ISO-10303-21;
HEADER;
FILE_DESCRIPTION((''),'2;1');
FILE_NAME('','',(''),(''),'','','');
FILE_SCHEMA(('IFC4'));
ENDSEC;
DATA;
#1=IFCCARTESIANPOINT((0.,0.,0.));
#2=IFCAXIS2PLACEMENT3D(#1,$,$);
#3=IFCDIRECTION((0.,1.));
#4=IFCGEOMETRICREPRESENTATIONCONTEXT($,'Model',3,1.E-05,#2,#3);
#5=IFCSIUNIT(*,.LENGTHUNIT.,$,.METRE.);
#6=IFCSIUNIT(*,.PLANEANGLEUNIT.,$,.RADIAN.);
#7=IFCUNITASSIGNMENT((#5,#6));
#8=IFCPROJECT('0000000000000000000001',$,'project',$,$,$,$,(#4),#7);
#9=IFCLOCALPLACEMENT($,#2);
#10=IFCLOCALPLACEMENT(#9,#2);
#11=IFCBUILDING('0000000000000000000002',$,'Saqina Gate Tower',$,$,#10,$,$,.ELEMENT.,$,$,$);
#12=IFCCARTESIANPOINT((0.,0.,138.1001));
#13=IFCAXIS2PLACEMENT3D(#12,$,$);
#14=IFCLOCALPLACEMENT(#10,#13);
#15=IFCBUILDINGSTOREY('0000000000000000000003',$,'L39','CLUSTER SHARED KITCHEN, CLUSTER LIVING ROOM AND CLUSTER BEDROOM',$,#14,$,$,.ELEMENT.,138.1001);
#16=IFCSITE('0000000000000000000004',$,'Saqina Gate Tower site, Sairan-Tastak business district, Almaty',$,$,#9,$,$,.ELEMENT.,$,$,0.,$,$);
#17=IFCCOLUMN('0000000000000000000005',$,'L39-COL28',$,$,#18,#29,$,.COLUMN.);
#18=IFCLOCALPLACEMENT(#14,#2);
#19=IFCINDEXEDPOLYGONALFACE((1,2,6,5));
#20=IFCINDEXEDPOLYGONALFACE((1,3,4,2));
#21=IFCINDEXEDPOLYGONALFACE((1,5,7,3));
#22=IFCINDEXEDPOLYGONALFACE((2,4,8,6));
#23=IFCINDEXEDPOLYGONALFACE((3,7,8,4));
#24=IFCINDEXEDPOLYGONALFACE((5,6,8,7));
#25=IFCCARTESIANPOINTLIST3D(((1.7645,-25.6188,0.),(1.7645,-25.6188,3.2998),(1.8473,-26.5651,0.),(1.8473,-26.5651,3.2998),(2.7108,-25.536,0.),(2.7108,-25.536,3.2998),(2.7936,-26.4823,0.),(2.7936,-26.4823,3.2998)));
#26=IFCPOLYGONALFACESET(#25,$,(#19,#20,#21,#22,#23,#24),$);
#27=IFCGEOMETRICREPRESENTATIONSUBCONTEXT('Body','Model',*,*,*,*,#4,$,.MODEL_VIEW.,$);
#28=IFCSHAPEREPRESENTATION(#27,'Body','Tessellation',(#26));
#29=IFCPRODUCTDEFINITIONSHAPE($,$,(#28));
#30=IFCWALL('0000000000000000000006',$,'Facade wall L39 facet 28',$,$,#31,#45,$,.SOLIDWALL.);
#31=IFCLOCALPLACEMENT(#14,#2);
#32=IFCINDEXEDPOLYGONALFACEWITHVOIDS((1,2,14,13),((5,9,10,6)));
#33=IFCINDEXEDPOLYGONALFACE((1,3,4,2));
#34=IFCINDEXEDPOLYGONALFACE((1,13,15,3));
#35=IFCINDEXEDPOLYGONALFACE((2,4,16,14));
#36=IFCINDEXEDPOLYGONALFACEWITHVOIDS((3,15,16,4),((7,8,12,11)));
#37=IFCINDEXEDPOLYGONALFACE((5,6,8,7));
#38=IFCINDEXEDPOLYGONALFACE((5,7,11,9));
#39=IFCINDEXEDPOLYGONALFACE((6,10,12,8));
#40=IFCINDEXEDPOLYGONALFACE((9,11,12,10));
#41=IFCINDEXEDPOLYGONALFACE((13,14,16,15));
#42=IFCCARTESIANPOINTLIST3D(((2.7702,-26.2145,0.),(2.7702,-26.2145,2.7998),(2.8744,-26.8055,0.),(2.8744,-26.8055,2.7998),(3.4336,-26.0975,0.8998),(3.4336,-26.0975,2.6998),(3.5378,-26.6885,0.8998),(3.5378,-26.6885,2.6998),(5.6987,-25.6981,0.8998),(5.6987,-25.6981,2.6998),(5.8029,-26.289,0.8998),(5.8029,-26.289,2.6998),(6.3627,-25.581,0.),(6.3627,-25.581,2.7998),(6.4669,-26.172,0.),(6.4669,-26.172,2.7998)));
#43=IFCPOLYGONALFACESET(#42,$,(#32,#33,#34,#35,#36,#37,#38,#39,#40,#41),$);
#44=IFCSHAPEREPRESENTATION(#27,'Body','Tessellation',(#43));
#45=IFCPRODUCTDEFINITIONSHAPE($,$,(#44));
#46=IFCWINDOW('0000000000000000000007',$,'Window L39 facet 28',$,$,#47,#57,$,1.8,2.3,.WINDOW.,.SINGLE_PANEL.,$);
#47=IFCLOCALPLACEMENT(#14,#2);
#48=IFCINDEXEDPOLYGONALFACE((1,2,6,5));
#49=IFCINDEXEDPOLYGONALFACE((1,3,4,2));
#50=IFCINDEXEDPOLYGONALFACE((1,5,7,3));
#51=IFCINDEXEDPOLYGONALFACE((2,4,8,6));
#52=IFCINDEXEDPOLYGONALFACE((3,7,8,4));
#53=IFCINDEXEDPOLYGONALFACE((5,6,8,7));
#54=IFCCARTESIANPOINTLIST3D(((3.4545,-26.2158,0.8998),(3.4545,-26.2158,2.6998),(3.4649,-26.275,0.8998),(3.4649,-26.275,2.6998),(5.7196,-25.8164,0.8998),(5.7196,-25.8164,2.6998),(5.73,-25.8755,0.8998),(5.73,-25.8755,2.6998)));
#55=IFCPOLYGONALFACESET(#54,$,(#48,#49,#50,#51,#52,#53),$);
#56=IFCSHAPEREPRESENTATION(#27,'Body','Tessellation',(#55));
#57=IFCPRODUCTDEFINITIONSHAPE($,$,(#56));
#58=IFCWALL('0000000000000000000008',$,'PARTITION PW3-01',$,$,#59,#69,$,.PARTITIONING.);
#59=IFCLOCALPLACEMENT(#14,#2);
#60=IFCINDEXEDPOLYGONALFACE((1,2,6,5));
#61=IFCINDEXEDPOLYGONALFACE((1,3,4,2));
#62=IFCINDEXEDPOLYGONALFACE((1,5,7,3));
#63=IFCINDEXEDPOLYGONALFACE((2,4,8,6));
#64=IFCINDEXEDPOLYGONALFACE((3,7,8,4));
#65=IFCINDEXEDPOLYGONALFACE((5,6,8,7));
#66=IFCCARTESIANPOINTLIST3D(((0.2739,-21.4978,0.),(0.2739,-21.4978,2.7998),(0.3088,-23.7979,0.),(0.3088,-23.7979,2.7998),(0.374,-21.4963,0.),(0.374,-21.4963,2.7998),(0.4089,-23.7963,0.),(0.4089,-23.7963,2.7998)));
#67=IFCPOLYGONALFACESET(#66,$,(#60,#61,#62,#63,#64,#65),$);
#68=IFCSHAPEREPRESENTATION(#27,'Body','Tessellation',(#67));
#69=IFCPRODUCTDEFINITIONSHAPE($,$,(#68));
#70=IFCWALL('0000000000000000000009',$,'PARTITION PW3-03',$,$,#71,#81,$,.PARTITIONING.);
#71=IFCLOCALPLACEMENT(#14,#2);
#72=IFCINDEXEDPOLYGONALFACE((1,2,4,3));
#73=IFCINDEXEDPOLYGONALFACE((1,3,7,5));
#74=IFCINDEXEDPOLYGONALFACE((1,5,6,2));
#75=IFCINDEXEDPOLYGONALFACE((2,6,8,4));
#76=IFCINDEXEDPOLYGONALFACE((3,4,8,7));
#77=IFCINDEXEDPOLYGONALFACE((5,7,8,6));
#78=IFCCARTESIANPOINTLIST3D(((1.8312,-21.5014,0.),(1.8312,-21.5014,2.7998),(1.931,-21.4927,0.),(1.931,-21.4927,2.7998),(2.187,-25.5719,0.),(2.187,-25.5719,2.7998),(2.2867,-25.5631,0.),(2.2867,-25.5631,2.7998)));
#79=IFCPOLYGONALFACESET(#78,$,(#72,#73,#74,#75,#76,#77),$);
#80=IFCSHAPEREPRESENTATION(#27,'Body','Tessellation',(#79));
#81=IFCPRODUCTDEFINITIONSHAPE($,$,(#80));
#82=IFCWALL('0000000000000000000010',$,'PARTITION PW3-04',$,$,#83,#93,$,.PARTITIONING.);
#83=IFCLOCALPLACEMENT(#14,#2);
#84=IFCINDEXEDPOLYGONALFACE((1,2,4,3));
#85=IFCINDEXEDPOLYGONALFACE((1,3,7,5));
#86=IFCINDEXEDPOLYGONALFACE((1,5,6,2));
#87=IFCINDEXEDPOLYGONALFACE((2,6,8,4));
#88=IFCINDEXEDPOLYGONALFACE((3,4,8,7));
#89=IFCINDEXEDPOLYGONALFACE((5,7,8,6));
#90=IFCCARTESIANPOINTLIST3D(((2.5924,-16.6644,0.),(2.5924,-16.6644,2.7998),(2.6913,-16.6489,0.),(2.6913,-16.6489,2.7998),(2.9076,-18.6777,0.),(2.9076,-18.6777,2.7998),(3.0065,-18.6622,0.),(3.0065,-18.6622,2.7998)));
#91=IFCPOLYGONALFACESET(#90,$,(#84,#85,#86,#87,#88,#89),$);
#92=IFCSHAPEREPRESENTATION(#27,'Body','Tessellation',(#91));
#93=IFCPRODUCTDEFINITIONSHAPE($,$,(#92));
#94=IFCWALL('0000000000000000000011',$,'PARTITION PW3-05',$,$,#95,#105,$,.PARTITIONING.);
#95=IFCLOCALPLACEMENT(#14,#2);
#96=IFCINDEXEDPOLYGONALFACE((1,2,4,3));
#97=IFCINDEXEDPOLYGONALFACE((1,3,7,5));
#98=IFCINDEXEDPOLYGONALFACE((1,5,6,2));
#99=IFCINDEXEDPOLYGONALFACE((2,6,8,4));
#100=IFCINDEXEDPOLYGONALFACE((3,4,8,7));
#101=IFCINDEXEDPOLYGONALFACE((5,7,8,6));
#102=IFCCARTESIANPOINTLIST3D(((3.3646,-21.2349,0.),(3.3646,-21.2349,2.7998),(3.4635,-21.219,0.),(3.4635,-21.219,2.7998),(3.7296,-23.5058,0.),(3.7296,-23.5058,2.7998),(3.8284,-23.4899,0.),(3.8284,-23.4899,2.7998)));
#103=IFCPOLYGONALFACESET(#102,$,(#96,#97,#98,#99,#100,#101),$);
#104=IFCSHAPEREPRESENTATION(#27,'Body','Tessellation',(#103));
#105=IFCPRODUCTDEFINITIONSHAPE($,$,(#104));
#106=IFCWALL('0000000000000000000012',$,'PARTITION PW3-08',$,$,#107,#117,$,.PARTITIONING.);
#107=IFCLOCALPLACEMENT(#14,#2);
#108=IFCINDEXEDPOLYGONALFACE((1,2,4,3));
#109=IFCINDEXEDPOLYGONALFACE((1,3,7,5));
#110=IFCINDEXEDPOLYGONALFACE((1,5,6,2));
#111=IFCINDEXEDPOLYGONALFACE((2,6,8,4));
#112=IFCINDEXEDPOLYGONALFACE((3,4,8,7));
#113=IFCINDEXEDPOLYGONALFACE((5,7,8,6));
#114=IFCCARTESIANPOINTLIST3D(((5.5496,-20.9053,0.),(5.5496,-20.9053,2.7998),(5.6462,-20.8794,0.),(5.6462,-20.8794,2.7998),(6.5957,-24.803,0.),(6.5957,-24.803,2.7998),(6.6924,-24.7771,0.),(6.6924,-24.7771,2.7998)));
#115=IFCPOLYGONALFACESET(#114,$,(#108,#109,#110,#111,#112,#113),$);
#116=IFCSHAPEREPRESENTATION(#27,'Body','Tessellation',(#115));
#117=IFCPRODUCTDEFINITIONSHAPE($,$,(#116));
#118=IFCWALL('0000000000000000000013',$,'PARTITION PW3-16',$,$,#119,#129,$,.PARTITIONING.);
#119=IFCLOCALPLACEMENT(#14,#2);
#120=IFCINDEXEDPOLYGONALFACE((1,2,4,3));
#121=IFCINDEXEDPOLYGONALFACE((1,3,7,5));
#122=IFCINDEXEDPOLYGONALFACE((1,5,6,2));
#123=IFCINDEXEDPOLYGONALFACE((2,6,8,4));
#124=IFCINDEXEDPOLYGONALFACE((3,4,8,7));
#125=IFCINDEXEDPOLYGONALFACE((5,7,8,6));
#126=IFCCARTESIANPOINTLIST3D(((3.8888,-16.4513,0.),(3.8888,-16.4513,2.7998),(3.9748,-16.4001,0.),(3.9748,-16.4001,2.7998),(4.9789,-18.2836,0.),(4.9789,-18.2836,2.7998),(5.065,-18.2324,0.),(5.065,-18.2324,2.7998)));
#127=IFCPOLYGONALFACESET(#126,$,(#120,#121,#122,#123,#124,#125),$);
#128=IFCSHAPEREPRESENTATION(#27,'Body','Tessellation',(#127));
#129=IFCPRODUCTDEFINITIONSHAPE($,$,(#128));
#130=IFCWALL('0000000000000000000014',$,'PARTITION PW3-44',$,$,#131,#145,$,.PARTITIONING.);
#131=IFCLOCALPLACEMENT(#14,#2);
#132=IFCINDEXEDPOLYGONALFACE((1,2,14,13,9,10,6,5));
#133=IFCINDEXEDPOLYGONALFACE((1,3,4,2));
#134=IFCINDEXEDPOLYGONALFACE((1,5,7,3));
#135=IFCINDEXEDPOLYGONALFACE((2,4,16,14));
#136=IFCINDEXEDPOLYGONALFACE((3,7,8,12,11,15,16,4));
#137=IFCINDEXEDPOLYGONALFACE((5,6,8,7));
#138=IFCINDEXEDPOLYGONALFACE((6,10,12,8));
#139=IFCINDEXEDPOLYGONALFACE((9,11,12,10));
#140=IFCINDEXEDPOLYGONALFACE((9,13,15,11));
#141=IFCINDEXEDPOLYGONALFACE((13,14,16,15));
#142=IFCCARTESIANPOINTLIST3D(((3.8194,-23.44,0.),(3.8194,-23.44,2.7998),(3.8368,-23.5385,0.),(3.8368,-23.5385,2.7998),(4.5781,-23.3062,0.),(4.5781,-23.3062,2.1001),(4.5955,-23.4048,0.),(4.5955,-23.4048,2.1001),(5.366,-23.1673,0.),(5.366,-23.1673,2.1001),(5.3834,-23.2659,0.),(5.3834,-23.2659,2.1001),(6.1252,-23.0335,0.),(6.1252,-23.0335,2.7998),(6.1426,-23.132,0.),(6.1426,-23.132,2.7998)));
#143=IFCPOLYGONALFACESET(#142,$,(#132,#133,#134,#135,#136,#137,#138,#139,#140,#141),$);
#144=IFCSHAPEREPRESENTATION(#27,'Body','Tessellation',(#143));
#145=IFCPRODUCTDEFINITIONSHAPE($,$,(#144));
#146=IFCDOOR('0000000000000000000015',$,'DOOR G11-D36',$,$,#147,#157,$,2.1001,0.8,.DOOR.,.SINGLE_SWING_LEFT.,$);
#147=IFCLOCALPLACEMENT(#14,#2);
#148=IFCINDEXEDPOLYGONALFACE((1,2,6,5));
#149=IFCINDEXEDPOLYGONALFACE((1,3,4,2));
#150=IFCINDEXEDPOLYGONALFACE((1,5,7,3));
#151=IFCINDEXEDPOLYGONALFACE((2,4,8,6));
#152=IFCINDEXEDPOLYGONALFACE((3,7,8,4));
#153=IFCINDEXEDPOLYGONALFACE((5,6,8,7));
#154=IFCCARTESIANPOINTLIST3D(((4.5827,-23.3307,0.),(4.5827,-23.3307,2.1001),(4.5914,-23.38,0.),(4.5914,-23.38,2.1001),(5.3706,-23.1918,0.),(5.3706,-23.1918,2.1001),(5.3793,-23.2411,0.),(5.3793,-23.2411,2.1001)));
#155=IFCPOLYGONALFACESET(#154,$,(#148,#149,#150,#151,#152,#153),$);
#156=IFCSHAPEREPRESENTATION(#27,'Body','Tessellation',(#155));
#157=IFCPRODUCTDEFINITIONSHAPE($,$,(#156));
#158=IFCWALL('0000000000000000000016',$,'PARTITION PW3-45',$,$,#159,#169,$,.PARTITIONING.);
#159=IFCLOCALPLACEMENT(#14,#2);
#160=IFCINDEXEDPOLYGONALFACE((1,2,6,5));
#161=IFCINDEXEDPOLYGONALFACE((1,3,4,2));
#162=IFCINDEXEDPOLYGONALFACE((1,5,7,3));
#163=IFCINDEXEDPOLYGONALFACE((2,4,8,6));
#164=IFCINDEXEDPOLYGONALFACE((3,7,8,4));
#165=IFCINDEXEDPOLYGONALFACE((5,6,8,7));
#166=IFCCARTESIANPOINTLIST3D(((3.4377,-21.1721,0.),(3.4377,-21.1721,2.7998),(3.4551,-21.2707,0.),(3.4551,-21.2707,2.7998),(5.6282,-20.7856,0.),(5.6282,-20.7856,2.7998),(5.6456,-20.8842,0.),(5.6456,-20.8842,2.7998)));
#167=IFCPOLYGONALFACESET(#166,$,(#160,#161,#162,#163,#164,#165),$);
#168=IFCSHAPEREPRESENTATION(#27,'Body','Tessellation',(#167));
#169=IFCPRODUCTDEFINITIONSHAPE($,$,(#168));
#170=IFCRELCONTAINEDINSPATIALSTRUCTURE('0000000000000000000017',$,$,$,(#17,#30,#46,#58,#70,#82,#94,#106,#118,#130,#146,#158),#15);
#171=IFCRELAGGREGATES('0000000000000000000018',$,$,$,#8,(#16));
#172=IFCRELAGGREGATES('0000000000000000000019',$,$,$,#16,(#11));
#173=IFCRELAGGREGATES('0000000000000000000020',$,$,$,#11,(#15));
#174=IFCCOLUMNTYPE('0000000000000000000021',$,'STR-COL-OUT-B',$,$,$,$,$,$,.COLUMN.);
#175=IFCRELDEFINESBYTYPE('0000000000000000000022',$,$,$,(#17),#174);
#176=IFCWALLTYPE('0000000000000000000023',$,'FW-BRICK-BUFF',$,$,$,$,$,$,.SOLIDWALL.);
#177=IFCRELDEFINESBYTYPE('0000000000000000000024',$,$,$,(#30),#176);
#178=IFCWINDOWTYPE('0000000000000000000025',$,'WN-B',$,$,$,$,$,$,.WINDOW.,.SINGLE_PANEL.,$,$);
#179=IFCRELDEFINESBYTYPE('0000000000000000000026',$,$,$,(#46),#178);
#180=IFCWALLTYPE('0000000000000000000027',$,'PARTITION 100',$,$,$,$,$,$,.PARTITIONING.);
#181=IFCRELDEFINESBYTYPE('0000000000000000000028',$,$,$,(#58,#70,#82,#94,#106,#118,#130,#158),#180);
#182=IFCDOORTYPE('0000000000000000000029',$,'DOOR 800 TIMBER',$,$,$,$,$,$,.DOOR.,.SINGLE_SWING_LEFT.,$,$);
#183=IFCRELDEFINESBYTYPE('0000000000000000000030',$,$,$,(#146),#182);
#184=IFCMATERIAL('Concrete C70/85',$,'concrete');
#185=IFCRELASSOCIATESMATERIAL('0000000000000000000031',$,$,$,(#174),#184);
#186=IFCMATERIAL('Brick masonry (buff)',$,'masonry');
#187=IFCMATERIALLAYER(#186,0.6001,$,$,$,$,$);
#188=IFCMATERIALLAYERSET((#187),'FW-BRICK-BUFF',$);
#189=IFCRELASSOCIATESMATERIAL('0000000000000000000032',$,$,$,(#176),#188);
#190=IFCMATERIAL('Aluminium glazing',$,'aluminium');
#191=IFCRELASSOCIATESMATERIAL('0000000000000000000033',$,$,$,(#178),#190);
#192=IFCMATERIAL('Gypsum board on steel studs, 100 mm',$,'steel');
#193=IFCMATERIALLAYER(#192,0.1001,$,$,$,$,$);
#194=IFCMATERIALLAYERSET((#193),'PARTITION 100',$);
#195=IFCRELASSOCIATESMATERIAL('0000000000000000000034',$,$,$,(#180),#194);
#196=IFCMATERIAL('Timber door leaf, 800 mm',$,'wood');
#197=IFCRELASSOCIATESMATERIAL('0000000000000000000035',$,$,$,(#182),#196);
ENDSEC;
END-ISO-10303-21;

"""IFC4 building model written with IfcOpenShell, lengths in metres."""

from ifc_helpers import new_model, si_unit, direction, frame, frame_2d, origin, origin_2d, place, context, subcontext, project, spatial, rectangle, extrude, material, layer, layer_set, material_profile, profile_set, type_object, element, fill, save


model = new_model("IFC4")

# Units and contexts
model_context = context("Model", 3, precision=1e-05, world=origin(), true_north=direction((0.0, 1.0)))
body_context = subcontext(model_context, "Body", "Model", "MODEL_VIEW")
ifc_project = project(units=[si_unit("LENGTHUNIT", "METRE"), si_unit("PLANEANGLEUNIT", "RADIAN")], contexts=[model_context])

# Site, building, storey
site_placement = place(None, origin())
site = spatial("IfcSite", under=ifc_project, at=site_placement, Name="Saqina Gate Tower site, Sairan-Tastak business district, Almaty", CompositionType="ELEMENT", RefElevation=0.0)
building_placement = place(site_placement, origin())
building = spatial("IfcBuilding", under=site, at=building_placement, Name="Saqina Gate Tower", CompositionType="ELEMENT")
storey_placement = place(building_placement, frame((0.0, 0.0, 138.1001)))
storey = spatial("IfcBuildingStorey", under=building, at=storey_placement, Name="L39", Description="CLUSTER SHARED KITCHEN, CLUSTER LIVING ROOM AND CLUSTER BEDROOM", CompositionType="ELEMENT", Elevation=138.1001)

# Column
ifc_material_1 = material(Name="Concrete C70/85", Category="concrete")
ifc_material_profile = material_profile(ifc_material_1, rectangle(XDim=0.95, YDim=0.95, at=origin_2d()), Name="RC 950x950")
ifc_profile_set = profile_set([ifc_material_profile], Name="Concrete C70/85")
column_type = type_object("IfcColumnType", Name="STR-COL-OUT-B", PredefinedType="COLUMN", material=ifc_profile_set)
column_placement = place(storey_placement, frame((2.2791, -26.0505, 0.0), z_axis=(0.0, 0.0, 1.0), x_axis=(0.087156, -0.996195, 0.0)))
element("IfcColumn", 1, at=column_placement, inside=storey, type_object=column_type, Name="L39-COL28", PredefinedType="COLUMN", context=body_context, shape_type="SweptSolid", body=[
    extrude(rectangle(XDim=0.95, YDim=0.95, at=origin_2d()), origin(), (0.0, 0.0, 1.0), 3.2998),
])

# Wall, opening, window
ifc_material_2 = material(Name="Brick masonry (buff)", Category="masonry")
ifc_layer_1 = layer(ifc_material_2, 0.6001)
ifc_layer_set_1 = layer_set([ifc_layer_1], Name="FW-BRICK-BUFF")
wall_type_1 = type_object("IfcWallType", Name="FW-BRICK-BUFF", PredefinedType="SOLIDWALL", material=ifc_layer_set_1)
wall_1_placement = place(storey_placement, frame((2.8223, -26.51, 0.0), z_axis=(0.0, 0.0, 1.0), x_axis=(0.984804, 0.173671, 0.0)))
wall_1 = element("IfcWall", 2, at=wall_1_placement, inside=storey, type_object=wall_type_1, Name="Facade wall L39 facet 28", PredefinedType="SOLIDWALL", context=body_context, shape_type="SweptSolid", body=[
    extrude(rectangle(XDim=3.6479, YDim=0.6001, at=frame_2d((1.824, 0.0))), origin(), (0.0, 0.0, 1.0), 2.7998),
])
opening_1_placement = place(wall_1_placement, frame((0.6738, 0.0, 0.8999)))
opening_1 = element("IfcOpeningElement", 3, at=opening_1_placement, cuts=wall_1, PredefinedType="OPENING", context=body_context, shape_type="SweptSolid", body=[
    extrude(rectangle(XDim=2.3, YDim=1.8, at=frame_2d((1.1499, 0.8999))), frame((0.0, 0.312, 0.0), z_axis=(0.0, -1.0, 0.0), x_axis=(1.0, 0.0, 0.0)), (0.0, 0.0, 1.0), 0.624),
])
ifc_material_3 = material(Name="Aluminium glazing", Category="aluminium")
window_type = type_object("IfcWindowType", Name="WN-B", PartitioningType="SINGLE_PANEL", PredefinedType="WINDOW", material=ifc_material_3)
window_placement = place(opening_1_placement, origin())
window = element("IfcWindow", 4, at=window_placement, inside=storey, type_object=window_type, Name="Window L39 facet 28", OverallHeight=1.8, OverallWidth=2.3, PartitioningType="SINGLE_PANEL", PredefinedType="WINDOW", context=body_context, shape_type="SweptSolid", body=[
    extrude(rectangle(XDim=2.3, YDim=1.8, at=frame_2d((1.1499, 0.8999))), frame((0.0, 0.1799, 0.0), z_axis=(0.0, -1.0, 0.0), x_axis=(1.0, 0.0, 0.0)), (0.0, 0.0, 1.0), 0.0601),
])
fill(opening_1, window)

# Walls
ifc_material_4 = material(Name="Gypsum board on steel studs, 100 mm", Category="steel")
ifc_layer_2 = layer(ifc_material_4, 0.1001)
ifc_layer_set_2 = layer_set([ifc_layer_2], Name="PARTITION 100")
wall_type_2 = type_object("IfcWallType", Name="PARTITION 100", PredefinedType="PARTITIONING", material=ifc_layer_set_2)
wall_2_placement = place(storey_placement, frame((0.324, -21.4971, 0.0), z_axis=(0.0, 0.0, 1.0), x_axis=(0.015177, -0.999885, 0.0)))
element("IfcWall", 5, at=wall_2_placement, inside=storey, type_object=wall_type_2, Name="PARTITION PW3-01", PredefinedType="PARTITIONING", context=body_context, shape_type="SweptSolid", body=[
    extrude(rectangle(XDim=2.3003, YDim=0.1001, at=frame_2d((1.1501, 0.0))), origin(), (0.0, 0.0, 1.0), 2.7998),
])
wall_3_placement = place(storey_placement, frame((1.8811, -21.4971, 0.0), z_axis=(0.0, 0.0, 1.0), x_axis=(0.08706, -0.996203, 0.0)))
element("IfcWall", 6, at=wall_3_placement, inside=storey, type_object=wall_type_2, Name="PARTITION PW3-03", PredefinedType="PARTITIONING", context=body_context, shape_type="SweptSolid", body=[
    extrude(rectangle(XDim=4.0859, YDim=0.1001, at=frame_2d((2.043, 0.0))), origin(), (0.0, 0.0, 1.0), 2.7998),
])
wall_4_placement = place(storey_placement, frame((2.6418, -16.6565, 0.0), z_axis=(0.0, 0.0, 1.0), x_axis=(0.154658, -0.987968, 0.0)))
element("IfcWall", 7, at=wall_4_placement, inside=storey, type_object=wall_type_2, Name="PARTITION PW3-04", PredefinedType="PARTITIONING", context=body_context, shape_type="SweptSolid", body=[
    extrude(rectangle(XDim=2.0378, YDim=0.1001, at=frame_2d((1.019, 0.0))), origin(), (0.0, 0.0, 1.0), 2.7998),
])
wall_5_placement = place(storey_placement, frame((3.4141, -21.2271, 0.0), z_axis=(0.0, 0.0, 1.0), x_axis=(0.158682, -0.98733, 0.0)))
element("IfcWall", 8, at=wall_5_placement, inside=storey, type_object=wall_type_2, Name="PARTITION PW3-05", PredefinedType="PARTITIONING", context=body_context, shape_type="SweptSolid", body=[
    extrude(rectangle(XDim=2.3, YDim=0.1001, at=frame_2d((1.1499, 0.0))), origin(), (0.0, 0.0, 1.0), 2.7998),
])
wall_6_placement = place(storey_placement, frame((5.5979, -20.8923, 0.0), z_axis=(0.0, 0.0, 1.0), x_axis=(0.259225, -0.965817, 0.0)))
element("IfcWall", 9, at=wall_6_placement, inside=storey, type_object=wall_type_2, Name="PARTITION PW3-08", PredefinedType="PARTITIONING", context=body_context, shape_type="SweptSolid", body=[
    extrude(rectangle(XDim=4.0356, YDim=0.1001, at=frame_2d((2.0178, 0.0))), origin(), (0.0, 0.0, 1.0), 2.7998),
])
wall_7_placement = place(storey_placement, frame((3.9319, -16.4258, 0.0), z_axis=(0.0, 0.0, 1.0), x_axis=(0.511293, -0.859407, 0.0)))
element("IfcWall", 10, at=wall_7_placement, inside=storey, type_object=wall_type_2, Name="PARTITION PW3-16", PredefinedType="PARTITIONING", context=body_context, shape_type="SweptSolid", body=[
    extrude(rectangle(XDim=2.1321, YDim=0.1001, at=frame_2d((1.0659, 0.0))), origin(), (0.0, 0.0, 1.0), 2.7998),
])

# Wall, opening, door
wall_8_placement = place(storey_placement, frame((3.8281, -23.4893, 0.0), z_axis=(0.0, 0.0, 1.0), x_axis=(0.984812, 0.173625, 0.0)))
wall_8 = element("IfcWall", 11, at=wall_8_placement, inside=storey, type_object=wall_type_2, Name="PARTITION PW3-44", PredefinedType="PARTITIONING", context=body_context, shape_type="SweptSolid", body=[
    extrude(rectangle(XDim=2.3413, YDim=0.1001, at=frame_2d((1.1707, 0.0))), origin(), (0.0, 0.0, 1.0), 2.7998),
])
opening_2_placement = place(wall_8_placement, frame((0.7705, 0.0, 0.0)))
opening_2 = element("IfcOpeningElement", 12, at=opening_2_placement, cuts=wall_8, PredefinedType="OPENING", context=body_context, shape_type="SweptSolid", body=[
    extrude(rectangle(XDim=0.8, YDim=2.1001, at=frame_2d((0.3999, 1.05))), frame((0.0, 0.062, 0.0), z_axis=(0.0, -1.0, 0.0), x_axis=(1.0, 0.0, 0.0)), (0.0, 0.0, 1.0), 0.124),
])
ifc_material_5 = material(Name="Timber door leaf, 800 mm", Category="wood")
door_type_1 = type_object("IfcDoorType", Name="DOOR 800 TIMBER", OperationType="SINGLE_SWING_LEFT", PredefinedType="DOOR", material=ifc_material_5)
door_1_placement = place(opening_2_placement, frame((0.8, 0.0, 0.0), z_axis=(0.0, 0.0, 1.0), x_axis=(-1.0, 0.0, 0.0)))
door_1 = element("IfcDoor", 13, at=door_1_placement, inside=storey, type_object=door_type_1, Name="DOOR G11-D36", OperationType="SINGLE_SWING_LEFT", OverallHeight=2.1001, OverallWidth=0.8, PredefinedType="DOOR", context=body_context, shape_type="SweptSolid", body=[
    extrude(rectangle(XDim=0.8, YDim=2.1001, at=frame_2d((0.3999, 1.05))), frame((0.0, 0.0249, 0.0), z_axis=(0.0, -1.0, 0.0), x_axis=(1.0, 0.0, 0.0)), (0.0, 0.0, 1.0), 0.05),
])
fill(opening_2, door_1)

# Wall
wall_9_placement = place(storey_placement, frame((3.4463, -21.2214, 0.0), z_axis=(0.0, 0.0, 1.0), x_axis=(0.984789, 0.173754, 0.0)))
element("IfcWall", 14, at=wall_9_placement, inside=storey, type_object=wall_type_2, Name="PARTITION PW3-45", PredefinedType="PARTITIONING", context=body_context, shape_type="SweptSolid", body=[
    extrude(rectangle(XDim=2.2244, YDim=0.1001, at=frame_2d((1.1123, 0.0))), origin(), (0.0, 0.0, 1.0), 2.7998),
])

save(model, "model.ifc")
